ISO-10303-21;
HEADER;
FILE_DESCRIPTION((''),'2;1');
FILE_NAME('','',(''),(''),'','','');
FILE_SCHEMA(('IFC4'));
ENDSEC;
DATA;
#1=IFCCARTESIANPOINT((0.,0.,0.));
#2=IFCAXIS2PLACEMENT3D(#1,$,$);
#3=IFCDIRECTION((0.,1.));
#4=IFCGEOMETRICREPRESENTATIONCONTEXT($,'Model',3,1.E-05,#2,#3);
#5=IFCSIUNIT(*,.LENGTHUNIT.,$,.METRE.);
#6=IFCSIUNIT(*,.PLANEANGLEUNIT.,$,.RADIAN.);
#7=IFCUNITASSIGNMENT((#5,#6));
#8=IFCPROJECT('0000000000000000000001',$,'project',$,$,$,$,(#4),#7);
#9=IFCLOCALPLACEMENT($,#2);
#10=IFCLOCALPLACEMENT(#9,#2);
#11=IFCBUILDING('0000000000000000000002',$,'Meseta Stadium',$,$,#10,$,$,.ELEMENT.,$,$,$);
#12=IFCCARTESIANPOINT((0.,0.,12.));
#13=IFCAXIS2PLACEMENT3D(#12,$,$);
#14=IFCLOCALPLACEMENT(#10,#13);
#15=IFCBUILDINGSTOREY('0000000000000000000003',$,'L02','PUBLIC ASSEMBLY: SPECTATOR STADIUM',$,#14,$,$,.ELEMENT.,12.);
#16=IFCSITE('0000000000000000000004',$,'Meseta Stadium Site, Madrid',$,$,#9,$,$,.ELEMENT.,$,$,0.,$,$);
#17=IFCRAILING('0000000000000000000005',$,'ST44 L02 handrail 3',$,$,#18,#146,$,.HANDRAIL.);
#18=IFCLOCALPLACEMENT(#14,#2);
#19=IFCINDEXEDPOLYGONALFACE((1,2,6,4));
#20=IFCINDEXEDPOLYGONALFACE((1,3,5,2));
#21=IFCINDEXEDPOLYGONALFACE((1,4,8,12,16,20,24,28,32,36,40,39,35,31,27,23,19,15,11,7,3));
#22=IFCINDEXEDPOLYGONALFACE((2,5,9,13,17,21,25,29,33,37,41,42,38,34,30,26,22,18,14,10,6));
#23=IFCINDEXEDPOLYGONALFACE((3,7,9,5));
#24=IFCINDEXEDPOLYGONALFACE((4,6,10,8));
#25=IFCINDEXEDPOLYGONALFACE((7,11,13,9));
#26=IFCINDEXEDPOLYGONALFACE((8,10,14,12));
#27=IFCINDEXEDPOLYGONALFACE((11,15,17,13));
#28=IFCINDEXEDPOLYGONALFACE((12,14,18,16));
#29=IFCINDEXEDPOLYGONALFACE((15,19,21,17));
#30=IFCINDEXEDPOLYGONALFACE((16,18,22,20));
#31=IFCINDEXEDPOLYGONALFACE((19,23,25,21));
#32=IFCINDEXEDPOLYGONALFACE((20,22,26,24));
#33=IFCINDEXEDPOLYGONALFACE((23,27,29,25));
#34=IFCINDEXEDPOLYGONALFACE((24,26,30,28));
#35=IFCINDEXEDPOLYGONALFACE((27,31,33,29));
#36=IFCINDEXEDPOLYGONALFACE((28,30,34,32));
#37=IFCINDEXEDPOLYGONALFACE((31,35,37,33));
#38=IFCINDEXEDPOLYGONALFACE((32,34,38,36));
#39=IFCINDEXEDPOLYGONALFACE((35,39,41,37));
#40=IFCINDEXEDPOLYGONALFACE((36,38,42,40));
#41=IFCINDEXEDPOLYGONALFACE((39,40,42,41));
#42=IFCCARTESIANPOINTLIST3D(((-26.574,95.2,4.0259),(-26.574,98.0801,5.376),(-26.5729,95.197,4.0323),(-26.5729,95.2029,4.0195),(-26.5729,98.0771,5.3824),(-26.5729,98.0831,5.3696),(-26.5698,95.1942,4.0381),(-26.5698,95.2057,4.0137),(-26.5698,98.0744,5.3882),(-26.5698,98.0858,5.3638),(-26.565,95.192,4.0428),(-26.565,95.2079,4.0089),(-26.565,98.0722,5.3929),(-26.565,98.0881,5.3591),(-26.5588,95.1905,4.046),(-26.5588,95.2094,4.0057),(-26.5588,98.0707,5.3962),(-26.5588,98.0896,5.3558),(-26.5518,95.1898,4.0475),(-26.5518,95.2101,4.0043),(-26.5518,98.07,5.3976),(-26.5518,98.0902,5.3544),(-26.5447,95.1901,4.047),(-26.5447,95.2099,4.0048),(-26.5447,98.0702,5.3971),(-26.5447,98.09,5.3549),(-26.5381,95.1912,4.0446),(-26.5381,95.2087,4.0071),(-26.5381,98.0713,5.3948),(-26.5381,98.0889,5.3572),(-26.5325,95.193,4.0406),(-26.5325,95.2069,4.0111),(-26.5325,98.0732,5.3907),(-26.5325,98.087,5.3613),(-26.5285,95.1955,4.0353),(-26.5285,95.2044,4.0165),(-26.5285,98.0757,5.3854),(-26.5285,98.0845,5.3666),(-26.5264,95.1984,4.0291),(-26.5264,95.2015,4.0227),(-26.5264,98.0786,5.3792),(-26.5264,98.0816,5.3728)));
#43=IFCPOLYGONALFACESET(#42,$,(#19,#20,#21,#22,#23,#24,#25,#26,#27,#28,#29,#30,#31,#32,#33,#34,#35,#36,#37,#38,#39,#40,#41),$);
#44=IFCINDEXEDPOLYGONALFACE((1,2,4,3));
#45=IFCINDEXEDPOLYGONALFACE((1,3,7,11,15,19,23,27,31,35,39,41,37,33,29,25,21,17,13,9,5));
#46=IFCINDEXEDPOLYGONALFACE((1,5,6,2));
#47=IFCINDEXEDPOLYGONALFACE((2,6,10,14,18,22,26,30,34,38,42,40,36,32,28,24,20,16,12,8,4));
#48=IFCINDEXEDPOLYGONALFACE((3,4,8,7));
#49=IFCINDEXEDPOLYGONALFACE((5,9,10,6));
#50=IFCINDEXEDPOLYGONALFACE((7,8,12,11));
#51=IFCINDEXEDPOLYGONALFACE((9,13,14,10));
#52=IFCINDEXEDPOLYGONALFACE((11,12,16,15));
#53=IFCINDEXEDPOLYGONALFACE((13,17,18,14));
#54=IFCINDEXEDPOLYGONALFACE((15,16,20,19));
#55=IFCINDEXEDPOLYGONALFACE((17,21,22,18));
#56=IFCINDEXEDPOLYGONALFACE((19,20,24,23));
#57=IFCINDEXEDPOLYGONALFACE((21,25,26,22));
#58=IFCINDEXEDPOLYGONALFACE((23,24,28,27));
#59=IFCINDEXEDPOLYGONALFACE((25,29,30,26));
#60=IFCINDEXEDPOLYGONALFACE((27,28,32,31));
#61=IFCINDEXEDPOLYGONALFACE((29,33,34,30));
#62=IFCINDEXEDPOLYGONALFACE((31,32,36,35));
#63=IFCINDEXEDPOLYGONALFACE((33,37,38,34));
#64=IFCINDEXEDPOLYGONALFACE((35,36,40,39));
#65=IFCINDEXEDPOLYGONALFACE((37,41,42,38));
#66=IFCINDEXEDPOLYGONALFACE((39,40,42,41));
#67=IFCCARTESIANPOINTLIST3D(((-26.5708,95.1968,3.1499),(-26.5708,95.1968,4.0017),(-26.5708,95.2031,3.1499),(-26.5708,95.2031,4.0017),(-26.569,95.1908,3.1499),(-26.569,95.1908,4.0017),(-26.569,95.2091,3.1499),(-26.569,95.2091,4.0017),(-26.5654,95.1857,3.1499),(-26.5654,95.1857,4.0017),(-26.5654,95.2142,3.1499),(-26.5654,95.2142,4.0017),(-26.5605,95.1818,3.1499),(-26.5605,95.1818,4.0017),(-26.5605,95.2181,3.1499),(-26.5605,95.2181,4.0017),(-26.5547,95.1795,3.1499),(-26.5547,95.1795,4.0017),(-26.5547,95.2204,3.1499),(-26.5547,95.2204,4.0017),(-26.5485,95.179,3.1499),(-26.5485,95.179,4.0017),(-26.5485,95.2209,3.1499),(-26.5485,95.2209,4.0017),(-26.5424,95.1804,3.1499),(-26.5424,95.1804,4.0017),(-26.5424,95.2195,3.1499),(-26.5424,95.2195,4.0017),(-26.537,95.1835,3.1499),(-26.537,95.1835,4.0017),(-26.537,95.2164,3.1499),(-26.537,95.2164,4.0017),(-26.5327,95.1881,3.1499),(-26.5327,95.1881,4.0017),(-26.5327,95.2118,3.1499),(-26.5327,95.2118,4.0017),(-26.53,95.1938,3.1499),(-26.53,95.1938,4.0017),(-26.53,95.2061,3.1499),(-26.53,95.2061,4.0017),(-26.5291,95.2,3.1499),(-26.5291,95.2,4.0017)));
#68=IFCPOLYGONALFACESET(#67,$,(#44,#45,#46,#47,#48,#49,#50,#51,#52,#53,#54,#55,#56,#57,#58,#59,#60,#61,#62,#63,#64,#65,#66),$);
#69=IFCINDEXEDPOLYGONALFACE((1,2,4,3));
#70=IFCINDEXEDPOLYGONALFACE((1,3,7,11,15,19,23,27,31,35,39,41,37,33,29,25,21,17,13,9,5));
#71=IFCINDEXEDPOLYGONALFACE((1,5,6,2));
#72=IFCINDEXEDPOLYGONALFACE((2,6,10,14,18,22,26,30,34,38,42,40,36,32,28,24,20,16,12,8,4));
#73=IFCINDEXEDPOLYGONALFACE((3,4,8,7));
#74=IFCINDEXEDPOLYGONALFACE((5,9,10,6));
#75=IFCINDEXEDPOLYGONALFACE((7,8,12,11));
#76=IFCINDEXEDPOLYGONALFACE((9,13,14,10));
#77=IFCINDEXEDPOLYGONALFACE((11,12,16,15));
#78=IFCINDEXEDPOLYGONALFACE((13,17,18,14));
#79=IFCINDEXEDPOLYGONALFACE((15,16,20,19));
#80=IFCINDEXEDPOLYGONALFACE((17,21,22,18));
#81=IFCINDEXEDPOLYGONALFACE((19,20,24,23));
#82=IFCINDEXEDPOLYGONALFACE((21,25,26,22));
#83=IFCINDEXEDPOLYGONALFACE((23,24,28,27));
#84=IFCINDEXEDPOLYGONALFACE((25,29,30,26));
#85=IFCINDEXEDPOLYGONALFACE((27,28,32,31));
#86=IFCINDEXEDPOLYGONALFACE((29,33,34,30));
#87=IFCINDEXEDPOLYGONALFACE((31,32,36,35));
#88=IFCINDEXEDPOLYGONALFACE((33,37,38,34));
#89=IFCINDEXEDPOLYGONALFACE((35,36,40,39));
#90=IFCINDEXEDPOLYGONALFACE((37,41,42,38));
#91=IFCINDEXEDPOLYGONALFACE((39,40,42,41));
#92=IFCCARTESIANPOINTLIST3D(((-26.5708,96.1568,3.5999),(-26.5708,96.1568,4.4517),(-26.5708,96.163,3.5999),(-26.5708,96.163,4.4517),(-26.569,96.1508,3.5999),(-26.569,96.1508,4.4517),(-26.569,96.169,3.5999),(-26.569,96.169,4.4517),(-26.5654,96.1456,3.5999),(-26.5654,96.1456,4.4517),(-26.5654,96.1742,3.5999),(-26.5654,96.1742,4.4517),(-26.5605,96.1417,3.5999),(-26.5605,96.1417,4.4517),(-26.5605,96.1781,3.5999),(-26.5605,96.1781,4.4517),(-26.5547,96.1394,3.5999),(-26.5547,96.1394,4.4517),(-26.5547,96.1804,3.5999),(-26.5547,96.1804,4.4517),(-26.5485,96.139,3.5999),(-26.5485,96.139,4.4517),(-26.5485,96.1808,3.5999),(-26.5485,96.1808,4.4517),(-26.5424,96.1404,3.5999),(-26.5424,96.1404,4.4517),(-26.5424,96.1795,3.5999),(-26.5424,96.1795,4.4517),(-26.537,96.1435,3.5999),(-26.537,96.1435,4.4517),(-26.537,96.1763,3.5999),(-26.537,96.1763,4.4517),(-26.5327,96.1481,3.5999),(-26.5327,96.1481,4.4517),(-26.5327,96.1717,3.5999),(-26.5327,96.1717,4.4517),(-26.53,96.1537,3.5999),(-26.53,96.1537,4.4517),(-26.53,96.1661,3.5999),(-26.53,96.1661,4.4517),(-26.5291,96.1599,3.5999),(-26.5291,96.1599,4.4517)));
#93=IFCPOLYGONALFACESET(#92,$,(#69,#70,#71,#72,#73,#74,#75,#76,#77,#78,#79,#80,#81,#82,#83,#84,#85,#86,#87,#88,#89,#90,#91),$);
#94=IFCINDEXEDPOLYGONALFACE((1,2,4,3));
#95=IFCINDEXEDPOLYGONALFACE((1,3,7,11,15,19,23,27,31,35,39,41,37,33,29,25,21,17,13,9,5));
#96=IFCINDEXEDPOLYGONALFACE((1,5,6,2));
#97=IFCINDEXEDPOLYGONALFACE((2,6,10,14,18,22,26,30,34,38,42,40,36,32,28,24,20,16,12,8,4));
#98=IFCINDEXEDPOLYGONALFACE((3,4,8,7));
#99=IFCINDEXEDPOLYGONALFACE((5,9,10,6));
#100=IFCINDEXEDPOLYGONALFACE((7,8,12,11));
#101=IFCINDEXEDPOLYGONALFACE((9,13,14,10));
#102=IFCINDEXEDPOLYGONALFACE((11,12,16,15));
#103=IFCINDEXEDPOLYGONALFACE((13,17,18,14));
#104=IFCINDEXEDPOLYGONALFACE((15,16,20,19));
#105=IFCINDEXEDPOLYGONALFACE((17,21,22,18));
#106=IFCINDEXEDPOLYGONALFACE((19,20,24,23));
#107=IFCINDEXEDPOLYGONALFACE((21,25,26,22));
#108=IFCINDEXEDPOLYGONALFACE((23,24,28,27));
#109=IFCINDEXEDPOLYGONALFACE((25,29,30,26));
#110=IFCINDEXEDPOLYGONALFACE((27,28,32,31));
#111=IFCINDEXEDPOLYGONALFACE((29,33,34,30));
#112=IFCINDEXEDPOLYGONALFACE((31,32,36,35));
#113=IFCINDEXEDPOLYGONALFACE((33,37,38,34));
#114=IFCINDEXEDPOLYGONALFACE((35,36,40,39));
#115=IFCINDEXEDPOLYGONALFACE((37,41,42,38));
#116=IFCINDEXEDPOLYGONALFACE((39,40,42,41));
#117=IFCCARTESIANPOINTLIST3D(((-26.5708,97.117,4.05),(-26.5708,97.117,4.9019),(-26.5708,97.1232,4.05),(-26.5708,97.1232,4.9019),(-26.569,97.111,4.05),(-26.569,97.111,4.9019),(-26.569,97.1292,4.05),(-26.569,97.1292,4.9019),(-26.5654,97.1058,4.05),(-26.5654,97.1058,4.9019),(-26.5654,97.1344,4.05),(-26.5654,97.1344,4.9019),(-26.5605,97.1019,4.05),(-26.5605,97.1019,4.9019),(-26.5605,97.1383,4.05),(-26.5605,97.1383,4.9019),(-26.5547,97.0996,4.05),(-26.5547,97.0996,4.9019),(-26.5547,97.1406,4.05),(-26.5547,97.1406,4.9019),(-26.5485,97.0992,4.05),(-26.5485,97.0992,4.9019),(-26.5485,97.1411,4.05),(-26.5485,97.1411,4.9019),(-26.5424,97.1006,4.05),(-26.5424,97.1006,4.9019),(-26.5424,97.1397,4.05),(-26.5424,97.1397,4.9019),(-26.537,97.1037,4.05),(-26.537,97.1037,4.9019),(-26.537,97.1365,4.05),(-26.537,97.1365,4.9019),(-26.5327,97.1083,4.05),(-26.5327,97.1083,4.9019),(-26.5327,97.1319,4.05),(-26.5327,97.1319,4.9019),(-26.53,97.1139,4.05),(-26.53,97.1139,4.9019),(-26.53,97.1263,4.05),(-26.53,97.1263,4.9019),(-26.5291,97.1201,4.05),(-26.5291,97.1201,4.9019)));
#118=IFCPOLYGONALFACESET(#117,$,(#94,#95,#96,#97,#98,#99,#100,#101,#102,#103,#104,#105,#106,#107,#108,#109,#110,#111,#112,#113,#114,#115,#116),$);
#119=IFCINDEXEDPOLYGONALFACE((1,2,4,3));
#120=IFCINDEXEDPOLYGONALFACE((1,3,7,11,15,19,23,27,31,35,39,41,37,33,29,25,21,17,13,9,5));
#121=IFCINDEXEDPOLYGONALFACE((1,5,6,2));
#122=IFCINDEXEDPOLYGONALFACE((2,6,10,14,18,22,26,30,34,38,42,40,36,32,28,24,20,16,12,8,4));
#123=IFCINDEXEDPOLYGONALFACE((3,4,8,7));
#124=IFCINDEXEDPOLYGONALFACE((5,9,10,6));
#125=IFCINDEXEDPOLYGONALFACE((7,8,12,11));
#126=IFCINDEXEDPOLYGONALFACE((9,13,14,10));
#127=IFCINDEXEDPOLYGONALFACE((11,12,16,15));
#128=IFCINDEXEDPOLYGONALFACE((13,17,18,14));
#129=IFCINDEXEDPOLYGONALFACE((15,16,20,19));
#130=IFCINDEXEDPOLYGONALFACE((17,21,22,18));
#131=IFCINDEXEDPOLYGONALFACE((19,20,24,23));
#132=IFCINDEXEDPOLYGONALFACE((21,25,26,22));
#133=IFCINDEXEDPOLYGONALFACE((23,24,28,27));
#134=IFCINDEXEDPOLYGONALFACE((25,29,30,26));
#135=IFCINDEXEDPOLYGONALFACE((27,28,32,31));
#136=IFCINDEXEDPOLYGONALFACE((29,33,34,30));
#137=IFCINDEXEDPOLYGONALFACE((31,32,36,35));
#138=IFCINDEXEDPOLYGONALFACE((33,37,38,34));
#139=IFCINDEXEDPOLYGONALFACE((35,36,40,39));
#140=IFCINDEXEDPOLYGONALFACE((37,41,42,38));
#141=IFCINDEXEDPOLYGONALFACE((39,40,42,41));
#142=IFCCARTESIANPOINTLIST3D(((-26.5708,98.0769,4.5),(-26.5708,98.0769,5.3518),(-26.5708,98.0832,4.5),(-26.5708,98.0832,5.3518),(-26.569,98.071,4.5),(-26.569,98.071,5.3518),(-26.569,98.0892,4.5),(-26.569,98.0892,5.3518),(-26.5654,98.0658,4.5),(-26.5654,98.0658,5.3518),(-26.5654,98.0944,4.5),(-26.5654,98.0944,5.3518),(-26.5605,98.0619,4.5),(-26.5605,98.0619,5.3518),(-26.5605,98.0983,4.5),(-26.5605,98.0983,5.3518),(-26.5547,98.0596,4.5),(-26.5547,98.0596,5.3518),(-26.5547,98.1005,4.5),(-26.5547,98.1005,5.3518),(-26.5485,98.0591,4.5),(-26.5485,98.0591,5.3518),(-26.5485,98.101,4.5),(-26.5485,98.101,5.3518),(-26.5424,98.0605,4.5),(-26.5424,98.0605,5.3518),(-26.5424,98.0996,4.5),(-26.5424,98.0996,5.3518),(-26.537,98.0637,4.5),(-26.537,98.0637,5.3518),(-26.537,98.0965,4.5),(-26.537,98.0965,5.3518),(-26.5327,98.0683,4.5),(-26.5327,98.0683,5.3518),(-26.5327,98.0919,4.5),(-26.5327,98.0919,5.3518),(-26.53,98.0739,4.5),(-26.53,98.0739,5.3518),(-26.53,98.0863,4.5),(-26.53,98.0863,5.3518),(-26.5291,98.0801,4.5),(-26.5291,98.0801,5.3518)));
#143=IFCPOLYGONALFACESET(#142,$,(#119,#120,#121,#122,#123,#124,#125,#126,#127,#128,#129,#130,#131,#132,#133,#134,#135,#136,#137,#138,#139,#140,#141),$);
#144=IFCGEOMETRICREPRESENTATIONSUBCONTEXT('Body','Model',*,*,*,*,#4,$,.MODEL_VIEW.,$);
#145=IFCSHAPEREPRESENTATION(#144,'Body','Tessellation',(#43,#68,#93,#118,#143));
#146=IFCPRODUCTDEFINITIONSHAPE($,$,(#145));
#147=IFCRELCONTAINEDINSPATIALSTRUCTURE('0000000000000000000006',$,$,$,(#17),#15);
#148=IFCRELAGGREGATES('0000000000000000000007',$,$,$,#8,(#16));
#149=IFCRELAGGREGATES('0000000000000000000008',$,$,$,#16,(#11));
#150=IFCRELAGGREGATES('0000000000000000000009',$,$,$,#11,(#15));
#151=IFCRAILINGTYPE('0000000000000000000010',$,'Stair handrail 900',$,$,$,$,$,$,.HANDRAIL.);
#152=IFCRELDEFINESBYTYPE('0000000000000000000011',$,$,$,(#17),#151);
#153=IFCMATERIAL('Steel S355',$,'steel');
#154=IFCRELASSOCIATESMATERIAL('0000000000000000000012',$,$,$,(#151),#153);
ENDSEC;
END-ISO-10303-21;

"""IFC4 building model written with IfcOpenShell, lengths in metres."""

from ifc_helpers import new_model, si_unit, direction, frame, origin, origin_2d, place, context, subcontext, project, spatial, circle, extrude, material, type_object, element, save


model = new_model("IFC4")

# Units and contexts
model_context = context("Model", 3, precision=1e-05, world=origin(), true_north=direction((0.0, 1.0)))
body_context = subcontext(model_context, "Body", "Model", "MODEL_VIEW")
ifc_project = project(units=[si_unit("LENGTHUNIT", "METRE"), si_unit("PLANEANGLEUNIT", "RADIAN")], contexts=[model_context])

# Site, building, storey
site_placement = place(None, origin())
site = spatial("IfcSite", under=ifc_project, at=site_placement, Name="Meseta Stadium Site, Madrid", CompositionType="ELEMENT", RefElevation=0.0)
building_placement = place(site_placement, origin())
building = spatial("IfcBuilding", under=site, at=building_placement, Name="Meseta Stadium", CompositionType="ELEMENT")
storey_placement = place(building_placement, frame((0.0, 0.0, 12.0)))
storey = spatial("IfcBuildingStorey", under=building, at=storey_placement, Name="L02", Description="PUBLIC ASSEMBLY: SPECTATOR STADIUM", CompositionType="ELEMENT", Elevation=12.0)

# Railing
ifc_material_1 = material(Name="Steel S355", Category="steel")
railing_type_1 = type_object("IfcRailingType", Name="Stair handrail 900", PredefinedType="HANDRAIL", material=ifc_material_1)
railing_1_placement = place(storey_placement, frame((-26.55, 95.2, 3.1499)))
element("IfcRailing", 1, at=railing_1_placement, inside=storey, type_object=railing_type_1, Name="ST44 L02 handrail 3", PredefinedType="HANDRAIL", context=body_context, shape_type="SweptSolid", body=[
    extrude(circle(Radius=0.0239, at=origin_2d()), frame((0.0, 0.0, 0.876), z_axis=(0.0, 0.905454, 0.424444), x_axis=(-1.0, 0.0, 0.0)), (0.0, 0.0, 1.0), 3.1809),
    extrude(circle(Radius=0.021, at=origin_2d()), origin(), (0.0, 0.0, 1.0), 0.8518),
    extrude(circle(Radius=0.021, at=origin_2d()), frame((0.0, 0.96, 0.45)), (0.0, 0.0, 1.0), 0.8518),
    extrude(circle(Radius=0.021, at=origin_2d()), frame((0.0, 1.9202, 0.9001)), (0.0, 0.0, 1.0), 0.8518),
    extrude(circle(Radius=0.021, at=origin_2d()), frame((0.0, 2.8801, 1.3501)), (0.0, 0.0, 1.0), 0.8518),
])

save(model, "model.ifc")
